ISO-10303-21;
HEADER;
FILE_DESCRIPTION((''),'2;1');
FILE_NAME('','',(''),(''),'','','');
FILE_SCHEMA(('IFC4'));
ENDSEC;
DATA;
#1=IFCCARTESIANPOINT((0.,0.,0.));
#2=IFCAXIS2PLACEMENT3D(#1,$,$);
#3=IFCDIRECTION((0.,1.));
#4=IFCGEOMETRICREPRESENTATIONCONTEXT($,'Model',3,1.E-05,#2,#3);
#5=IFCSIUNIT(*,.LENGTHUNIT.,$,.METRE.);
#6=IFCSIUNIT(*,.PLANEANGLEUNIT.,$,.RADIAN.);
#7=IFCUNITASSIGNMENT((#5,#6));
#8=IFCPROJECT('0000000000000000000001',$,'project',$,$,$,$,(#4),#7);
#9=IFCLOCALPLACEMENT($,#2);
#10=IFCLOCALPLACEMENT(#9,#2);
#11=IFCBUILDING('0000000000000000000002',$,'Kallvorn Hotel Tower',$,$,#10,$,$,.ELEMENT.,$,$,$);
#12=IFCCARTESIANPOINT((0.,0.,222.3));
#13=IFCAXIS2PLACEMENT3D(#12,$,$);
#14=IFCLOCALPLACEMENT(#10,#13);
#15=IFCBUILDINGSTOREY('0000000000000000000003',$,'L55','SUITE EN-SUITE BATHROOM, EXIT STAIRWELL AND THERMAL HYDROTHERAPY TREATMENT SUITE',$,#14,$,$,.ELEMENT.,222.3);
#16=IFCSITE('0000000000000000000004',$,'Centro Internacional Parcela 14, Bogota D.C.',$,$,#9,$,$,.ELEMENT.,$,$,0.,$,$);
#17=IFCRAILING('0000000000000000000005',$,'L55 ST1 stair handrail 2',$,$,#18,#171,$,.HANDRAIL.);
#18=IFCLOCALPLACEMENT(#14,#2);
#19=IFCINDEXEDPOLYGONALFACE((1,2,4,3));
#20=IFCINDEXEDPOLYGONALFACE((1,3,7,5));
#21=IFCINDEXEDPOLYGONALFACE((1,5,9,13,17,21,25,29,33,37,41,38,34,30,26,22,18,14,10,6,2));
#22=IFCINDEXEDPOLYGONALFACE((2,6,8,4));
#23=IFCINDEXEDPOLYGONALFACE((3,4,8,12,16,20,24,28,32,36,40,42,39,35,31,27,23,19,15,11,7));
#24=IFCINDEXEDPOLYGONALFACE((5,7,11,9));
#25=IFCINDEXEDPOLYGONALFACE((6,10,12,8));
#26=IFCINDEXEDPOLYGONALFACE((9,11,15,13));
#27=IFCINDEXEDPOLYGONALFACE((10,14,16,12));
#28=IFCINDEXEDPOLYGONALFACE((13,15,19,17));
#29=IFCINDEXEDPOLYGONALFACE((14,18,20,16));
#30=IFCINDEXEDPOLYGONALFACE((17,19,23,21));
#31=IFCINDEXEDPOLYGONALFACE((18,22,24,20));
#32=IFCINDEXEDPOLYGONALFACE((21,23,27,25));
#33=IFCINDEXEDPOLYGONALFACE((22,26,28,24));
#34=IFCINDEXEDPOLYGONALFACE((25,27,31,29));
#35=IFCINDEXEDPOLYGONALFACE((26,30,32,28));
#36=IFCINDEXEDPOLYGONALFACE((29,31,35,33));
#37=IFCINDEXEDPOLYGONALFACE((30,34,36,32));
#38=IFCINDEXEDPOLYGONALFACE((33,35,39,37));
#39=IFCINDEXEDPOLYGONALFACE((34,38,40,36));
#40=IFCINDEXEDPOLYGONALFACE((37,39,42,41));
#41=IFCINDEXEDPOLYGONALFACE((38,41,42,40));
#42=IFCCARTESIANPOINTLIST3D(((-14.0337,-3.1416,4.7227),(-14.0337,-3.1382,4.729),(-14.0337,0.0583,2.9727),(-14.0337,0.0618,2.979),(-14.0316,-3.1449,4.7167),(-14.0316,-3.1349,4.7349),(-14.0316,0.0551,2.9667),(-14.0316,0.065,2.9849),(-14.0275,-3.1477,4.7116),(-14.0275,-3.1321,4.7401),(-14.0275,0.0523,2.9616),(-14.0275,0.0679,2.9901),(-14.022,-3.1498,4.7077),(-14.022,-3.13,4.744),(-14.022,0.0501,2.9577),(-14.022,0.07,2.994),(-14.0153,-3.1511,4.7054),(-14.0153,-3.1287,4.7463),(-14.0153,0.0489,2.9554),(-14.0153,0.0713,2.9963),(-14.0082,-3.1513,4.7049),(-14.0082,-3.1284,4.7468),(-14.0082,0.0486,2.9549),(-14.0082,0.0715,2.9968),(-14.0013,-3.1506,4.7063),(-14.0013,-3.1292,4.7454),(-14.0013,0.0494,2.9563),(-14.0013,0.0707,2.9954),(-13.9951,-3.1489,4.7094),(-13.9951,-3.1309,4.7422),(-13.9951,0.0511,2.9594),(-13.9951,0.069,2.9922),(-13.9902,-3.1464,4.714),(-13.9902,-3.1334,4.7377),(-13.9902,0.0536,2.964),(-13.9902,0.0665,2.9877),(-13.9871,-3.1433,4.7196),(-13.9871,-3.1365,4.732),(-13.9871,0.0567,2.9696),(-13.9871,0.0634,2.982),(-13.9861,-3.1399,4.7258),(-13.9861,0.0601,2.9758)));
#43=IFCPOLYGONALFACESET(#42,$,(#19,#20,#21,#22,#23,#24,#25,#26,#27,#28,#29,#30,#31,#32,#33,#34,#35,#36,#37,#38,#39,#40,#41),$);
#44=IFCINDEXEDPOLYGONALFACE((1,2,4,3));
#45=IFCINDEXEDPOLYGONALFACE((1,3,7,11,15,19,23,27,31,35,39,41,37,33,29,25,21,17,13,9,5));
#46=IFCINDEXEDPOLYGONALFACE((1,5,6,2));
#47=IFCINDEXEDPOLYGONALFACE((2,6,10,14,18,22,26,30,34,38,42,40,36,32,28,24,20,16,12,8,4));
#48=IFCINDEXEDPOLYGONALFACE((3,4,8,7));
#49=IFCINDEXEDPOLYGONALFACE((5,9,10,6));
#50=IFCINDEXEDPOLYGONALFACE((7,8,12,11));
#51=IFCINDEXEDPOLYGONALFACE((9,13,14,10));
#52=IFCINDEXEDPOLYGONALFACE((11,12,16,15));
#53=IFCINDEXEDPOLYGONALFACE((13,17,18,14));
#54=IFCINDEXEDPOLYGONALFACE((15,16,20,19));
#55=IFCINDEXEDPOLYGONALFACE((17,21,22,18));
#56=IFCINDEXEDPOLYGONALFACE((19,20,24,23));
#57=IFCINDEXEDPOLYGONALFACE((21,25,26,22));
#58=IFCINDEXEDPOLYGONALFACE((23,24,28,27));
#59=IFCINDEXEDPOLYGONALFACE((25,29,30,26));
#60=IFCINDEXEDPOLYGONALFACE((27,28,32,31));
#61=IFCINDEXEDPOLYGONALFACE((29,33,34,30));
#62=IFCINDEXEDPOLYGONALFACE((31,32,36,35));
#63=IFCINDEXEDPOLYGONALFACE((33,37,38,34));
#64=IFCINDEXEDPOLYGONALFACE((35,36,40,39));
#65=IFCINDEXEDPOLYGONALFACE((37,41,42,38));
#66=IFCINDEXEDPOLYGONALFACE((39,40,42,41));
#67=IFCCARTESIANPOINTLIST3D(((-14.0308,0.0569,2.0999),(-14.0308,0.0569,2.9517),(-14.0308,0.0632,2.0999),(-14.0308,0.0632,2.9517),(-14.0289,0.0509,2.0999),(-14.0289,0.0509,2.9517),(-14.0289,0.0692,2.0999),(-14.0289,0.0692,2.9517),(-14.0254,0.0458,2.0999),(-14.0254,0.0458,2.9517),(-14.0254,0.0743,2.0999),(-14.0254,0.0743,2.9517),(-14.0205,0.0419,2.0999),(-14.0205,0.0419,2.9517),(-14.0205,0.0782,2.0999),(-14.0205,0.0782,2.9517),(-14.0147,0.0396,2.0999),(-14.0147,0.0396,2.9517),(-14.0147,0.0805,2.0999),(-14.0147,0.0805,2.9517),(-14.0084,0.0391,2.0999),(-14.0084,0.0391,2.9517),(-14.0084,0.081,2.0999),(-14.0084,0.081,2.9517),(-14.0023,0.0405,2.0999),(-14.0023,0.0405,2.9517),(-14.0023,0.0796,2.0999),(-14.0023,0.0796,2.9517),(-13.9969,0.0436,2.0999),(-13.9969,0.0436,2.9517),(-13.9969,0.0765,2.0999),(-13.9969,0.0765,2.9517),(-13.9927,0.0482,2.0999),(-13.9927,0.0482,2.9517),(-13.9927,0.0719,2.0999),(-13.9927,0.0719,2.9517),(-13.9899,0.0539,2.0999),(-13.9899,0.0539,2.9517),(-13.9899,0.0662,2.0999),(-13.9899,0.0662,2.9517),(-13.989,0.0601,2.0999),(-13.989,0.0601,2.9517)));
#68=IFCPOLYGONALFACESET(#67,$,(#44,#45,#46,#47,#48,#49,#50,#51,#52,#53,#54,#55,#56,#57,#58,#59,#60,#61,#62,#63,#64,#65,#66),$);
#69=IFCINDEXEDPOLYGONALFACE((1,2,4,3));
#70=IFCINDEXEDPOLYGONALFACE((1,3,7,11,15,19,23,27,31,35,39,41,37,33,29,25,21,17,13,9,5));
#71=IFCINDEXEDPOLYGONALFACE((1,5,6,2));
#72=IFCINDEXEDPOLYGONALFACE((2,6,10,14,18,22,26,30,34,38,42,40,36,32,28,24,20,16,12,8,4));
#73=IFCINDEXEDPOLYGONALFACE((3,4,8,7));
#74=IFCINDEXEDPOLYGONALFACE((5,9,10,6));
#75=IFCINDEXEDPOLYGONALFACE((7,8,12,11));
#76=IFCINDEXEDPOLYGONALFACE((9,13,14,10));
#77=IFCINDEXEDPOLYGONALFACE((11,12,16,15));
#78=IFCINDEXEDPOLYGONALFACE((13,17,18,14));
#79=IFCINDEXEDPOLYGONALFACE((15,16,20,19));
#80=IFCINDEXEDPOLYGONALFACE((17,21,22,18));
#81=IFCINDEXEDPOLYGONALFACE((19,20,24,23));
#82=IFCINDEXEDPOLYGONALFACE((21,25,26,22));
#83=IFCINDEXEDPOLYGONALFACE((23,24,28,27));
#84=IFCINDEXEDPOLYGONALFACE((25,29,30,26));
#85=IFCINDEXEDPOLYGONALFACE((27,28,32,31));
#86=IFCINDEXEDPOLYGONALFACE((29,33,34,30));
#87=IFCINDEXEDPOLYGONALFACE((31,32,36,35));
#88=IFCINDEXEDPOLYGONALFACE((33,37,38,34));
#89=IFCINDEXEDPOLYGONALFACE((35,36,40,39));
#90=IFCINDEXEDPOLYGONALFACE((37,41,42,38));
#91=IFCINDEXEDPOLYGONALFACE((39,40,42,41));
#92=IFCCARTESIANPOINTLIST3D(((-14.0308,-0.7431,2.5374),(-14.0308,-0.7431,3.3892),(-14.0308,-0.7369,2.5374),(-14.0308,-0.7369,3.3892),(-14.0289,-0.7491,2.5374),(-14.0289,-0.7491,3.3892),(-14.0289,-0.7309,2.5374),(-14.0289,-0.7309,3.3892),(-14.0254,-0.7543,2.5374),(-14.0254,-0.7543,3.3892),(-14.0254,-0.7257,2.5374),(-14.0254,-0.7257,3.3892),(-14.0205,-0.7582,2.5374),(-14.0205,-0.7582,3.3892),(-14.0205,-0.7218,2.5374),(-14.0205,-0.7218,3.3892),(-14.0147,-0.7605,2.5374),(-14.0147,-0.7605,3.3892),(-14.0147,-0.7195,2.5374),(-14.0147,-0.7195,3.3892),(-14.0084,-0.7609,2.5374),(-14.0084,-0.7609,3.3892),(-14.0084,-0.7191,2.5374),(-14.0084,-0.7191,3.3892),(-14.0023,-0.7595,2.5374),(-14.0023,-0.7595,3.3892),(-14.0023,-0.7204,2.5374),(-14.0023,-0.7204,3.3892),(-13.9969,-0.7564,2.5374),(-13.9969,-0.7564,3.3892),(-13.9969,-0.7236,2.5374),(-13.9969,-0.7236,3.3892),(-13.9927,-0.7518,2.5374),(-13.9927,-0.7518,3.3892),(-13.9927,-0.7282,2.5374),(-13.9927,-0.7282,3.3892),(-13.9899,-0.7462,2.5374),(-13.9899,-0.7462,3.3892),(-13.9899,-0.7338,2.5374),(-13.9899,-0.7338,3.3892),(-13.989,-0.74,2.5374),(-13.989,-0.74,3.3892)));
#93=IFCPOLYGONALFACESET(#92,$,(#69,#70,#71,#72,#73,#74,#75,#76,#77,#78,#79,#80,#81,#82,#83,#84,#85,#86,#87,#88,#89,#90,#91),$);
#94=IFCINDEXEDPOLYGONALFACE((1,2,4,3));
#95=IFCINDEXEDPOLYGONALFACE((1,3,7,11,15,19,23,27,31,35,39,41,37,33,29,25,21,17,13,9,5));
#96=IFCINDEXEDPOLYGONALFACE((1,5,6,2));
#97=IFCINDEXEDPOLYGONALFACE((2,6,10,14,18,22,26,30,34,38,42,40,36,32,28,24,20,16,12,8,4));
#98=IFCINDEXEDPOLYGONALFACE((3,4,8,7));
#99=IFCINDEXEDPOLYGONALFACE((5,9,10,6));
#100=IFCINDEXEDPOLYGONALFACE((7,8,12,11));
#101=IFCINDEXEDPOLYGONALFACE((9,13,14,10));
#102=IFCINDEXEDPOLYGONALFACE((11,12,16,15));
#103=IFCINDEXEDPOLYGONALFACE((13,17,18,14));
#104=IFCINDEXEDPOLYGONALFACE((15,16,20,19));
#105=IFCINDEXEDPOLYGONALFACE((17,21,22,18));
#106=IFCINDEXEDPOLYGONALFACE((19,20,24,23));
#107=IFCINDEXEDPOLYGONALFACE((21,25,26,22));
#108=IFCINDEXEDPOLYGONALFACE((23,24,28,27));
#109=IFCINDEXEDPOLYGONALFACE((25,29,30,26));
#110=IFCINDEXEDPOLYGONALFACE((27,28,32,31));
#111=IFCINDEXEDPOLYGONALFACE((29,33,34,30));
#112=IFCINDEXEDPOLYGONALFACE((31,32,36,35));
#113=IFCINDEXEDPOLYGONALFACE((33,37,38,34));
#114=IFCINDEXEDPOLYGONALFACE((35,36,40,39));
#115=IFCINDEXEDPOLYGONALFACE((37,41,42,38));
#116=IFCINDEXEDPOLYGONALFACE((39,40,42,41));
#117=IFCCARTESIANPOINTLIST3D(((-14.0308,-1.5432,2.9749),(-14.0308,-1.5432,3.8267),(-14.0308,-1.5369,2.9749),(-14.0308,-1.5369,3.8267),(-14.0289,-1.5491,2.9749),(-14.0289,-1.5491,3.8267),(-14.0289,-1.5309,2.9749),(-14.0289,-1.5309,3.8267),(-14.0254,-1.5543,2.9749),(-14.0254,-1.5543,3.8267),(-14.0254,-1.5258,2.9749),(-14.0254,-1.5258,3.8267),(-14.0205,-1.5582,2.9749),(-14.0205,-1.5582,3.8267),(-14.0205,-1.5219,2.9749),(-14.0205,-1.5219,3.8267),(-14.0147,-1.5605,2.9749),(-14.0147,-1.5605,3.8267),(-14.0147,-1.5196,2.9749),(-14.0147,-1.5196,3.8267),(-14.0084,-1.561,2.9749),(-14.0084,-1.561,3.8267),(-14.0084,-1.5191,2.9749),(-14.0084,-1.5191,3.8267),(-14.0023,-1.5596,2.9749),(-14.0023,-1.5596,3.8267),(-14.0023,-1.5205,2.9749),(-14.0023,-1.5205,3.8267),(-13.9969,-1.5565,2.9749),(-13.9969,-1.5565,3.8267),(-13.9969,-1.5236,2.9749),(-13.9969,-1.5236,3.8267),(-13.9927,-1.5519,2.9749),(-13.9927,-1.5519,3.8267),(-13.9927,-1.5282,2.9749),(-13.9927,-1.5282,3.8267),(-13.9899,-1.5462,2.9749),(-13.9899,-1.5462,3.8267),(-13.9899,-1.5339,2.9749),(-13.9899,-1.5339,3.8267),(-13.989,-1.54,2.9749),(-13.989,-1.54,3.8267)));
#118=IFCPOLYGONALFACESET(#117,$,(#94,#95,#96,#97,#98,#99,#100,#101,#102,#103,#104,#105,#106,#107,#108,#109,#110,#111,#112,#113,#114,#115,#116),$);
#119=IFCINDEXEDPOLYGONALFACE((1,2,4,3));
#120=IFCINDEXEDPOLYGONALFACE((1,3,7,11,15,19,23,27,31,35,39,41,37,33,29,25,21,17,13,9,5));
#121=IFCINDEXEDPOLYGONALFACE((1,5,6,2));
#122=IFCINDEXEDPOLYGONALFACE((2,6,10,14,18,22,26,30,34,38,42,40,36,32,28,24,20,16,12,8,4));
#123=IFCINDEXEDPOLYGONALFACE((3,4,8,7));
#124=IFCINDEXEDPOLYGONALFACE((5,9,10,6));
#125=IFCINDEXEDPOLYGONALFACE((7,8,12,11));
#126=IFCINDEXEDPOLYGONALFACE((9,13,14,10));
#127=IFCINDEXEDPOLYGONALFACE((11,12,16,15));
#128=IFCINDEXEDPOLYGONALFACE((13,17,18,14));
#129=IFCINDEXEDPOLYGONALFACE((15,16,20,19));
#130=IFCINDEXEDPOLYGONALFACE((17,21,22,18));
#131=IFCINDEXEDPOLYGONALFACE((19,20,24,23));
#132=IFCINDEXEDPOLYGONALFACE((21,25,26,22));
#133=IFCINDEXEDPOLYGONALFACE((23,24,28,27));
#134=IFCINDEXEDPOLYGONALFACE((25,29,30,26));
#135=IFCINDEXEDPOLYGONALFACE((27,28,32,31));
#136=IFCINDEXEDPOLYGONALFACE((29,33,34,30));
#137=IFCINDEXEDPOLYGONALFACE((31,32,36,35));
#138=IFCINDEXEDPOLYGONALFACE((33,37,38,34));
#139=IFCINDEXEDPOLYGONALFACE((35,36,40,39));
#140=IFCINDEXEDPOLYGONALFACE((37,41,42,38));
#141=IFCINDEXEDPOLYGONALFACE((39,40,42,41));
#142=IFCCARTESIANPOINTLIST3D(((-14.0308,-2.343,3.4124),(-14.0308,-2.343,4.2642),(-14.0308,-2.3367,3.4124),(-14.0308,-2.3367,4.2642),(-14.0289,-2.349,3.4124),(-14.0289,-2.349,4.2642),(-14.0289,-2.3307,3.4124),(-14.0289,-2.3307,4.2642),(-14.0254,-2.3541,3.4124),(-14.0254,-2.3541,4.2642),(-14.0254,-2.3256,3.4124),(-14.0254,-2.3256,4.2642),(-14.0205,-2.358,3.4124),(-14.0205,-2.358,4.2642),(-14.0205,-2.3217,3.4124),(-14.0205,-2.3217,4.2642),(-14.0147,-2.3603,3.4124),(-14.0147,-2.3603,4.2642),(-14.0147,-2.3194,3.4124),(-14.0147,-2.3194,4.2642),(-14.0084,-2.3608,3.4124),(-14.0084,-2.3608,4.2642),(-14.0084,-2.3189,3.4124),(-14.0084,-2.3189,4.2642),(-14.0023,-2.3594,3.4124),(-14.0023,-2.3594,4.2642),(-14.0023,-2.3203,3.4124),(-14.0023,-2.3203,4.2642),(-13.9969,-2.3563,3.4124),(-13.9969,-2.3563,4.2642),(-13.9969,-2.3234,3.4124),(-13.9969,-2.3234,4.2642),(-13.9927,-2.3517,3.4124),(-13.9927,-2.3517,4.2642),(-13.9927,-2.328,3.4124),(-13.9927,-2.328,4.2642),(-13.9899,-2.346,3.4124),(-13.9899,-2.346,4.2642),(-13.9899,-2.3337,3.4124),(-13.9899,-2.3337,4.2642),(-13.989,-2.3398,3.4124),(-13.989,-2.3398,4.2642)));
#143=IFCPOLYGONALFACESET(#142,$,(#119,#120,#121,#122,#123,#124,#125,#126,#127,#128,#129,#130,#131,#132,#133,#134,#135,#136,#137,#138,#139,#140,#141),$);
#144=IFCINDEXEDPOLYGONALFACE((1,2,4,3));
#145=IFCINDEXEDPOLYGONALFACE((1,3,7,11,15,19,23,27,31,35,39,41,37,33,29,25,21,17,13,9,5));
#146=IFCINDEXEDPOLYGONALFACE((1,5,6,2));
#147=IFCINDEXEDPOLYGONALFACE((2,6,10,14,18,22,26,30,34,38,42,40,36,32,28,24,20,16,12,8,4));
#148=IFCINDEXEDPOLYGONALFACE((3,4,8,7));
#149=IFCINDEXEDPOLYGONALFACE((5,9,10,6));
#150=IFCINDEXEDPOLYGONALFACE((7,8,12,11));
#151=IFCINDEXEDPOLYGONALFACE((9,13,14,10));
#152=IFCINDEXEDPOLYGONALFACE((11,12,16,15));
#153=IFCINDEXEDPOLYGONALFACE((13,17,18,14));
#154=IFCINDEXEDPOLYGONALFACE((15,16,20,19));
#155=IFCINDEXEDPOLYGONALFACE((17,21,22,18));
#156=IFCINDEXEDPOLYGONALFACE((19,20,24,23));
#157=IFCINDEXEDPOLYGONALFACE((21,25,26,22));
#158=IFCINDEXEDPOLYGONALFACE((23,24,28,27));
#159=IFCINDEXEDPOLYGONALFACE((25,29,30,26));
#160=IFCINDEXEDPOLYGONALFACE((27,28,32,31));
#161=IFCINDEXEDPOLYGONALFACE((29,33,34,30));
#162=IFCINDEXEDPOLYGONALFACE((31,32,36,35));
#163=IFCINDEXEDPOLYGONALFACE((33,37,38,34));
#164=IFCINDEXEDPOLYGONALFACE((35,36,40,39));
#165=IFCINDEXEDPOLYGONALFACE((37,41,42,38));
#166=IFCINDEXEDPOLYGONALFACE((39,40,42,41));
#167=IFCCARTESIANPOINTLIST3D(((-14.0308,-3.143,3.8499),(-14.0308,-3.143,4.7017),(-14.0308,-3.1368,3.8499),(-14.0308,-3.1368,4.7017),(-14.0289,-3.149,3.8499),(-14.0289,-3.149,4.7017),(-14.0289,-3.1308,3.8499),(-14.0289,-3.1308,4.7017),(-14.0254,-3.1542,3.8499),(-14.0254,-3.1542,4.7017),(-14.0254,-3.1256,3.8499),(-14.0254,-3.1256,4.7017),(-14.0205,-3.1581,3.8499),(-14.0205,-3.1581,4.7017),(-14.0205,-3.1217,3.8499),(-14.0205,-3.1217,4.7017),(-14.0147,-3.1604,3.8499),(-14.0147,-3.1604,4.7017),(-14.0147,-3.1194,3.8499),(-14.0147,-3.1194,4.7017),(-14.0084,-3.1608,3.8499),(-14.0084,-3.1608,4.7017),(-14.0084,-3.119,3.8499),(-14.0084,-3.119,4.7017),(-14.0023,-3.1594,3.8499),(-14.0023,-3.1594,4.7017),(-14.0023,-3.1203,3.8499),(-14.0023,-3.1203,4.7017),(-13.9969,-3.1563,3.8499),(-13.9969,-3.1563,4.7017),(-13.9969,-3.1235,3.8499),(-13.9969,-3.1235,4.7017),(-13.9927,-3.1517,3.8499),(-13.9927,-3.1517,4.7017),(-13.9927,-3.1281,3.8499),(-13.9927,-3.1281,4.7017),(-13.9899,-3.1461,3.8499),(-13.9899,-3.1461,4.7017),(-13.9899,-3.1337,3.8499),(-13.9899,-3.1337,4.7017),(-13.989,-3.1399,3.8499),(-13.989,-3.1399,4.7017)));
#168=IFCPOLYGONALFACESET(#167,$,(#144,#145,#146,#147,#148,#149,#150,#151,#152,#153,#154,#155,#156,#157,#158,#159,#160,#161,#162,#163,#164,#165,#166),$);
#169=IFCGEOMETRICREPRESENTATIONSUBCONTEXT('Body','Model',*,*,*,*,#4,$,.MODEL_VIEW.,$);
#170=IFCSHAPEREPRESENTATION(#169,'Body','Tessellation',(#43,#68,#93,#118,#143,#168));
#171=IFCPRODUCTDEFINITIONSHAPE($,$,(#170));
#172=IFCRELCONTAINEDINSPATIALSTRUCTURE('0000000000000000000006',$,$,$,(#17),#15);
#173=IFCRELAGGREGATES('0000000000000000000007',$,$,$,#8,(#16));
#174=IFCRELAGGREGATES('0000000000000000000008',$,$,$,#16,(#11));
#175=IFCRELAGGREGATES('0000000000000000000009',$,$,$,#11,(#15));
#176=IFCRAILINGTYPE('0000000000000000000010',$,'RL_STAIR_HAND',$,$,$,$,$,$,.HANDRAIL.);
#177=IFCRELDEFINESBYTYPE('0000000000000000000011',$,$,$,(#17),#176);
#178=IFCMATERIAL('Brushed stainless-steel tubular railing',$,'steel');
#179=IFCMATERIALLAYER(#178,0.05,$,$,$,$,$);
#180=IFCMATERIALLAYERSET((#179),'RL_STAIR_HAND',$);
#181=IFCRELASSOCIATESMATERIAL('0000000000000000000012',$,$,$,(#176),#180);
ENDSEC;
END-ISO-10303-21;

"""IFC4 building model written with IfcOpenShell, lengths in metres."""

from ifc_helpers import new_model, si_unit, direction, frame, origin, origin_2d, place, context, subcontext, project, spatial, circle, extrude, material, layer, layer_set, type_object, element, save


model = new_model("IFC4")

# Units and contexts
model_context = context("Model", 3, precision=1e-05, world=origin(), true_north=direction((0.0, 1.0)))
body_context = subcontext(model_context, "Body", "Model", "MODEL_VIEW")
ifc_project = project(units=[si_unit("LENGTHUNIT", "METRE"), si_unit("PLANEANGLEUNIT", "RADIAN")], contexts=[model_context])

# Site, building, storey
site_placement = place(None, origin())
site = spatial("IfcSite", under=ifc_project, at=site_placement, Name="Centro Internacional Parcela 14, Bogota D.C.", CompositionType="ELEMENT", RefElevation=0.0)
building_placement = place(site_placement, origin())
building = spatial("IfcBuilding", under=site, at=building_placement, Name="Kallvorn Hotel Tower", CompositionType="ELEMENT")
storey_placement = place(building_placement, frame((0.0, 0.0, 222.3)))
storey = spatial("IfcBuildingStorey", under=building, at=storey_placement, Name="L55", Description="SUITE EN-SUITE BATHROOM, EXIT STAIRWELL AND THERMAL HYDROTHERAPY TREATMENT SUITE", CompositionType="ELEMENT", Elevation=222.3)

# Railing
ifc_material_1 = material(Name="Brushed stainless-steel tubular railing", Category="steel")
ifc_layer_1 = layer(ifc_material_1, 0.05)
ifc_layer_set_1 = layer_set([ifc_layer_1], Name="RL_STAIR_HAND")
railing_type_1 = type_object("IfcRailingType", Name="RL_STAIR_HAND", PredefinedType="HANDRAIL", material=ifc_layer_set_1)
railing_1_placement = place(storey_placement, frame((-14.01, 0.0601, 2.0999)))
element("IfcRailing", 1, at=railing_1_placement, inside=storey, type_object=railing_type_1, Name="L55 ST1 stair handrail 2", PredefinedType="HANDRAIL", context=body_context, shape_type="SweptSolid", body=[
    extrude(circle(Radius=0.0239, at=origin_2d()), frame((0.0, 0.0, 0.876), z_axis=(0.0, -0.877368, 0.479818), x_axis=(1.0, 0.0, 0.0)), (0.0, 0.0, 1.0), 3.6472),
    extrude(circle(Radius=0.021, at=origin_2d()), origin(), (0.0, 0.0, 1.0), 0.8518),
    extrude(circle(Radius=0.021, at=origin_2d()), frame((0.0, -0.8, 0.4375)), (0.0, 0.0, 1.0), 0.8518),
    extrude(circle(Radius=0.021, at=origin_2d()), frame((0.0, -1.6001, 0.875)), (0.0, 0.0, 1.0), 0.8518),
    extrude(circle(Radius=0.021, at=origin_2d()), frame((0.0, -2.3999, 1.3125)), (0.0, 0.0, 1.0), 0.8518),
    extrude(circle(Radius=0.021, at=origin_2d()), frame((0.0, -3.2, 1.75)), (0.0, 0.0, 1.0), 0.8518),
])

save(model, "model.ifc")
